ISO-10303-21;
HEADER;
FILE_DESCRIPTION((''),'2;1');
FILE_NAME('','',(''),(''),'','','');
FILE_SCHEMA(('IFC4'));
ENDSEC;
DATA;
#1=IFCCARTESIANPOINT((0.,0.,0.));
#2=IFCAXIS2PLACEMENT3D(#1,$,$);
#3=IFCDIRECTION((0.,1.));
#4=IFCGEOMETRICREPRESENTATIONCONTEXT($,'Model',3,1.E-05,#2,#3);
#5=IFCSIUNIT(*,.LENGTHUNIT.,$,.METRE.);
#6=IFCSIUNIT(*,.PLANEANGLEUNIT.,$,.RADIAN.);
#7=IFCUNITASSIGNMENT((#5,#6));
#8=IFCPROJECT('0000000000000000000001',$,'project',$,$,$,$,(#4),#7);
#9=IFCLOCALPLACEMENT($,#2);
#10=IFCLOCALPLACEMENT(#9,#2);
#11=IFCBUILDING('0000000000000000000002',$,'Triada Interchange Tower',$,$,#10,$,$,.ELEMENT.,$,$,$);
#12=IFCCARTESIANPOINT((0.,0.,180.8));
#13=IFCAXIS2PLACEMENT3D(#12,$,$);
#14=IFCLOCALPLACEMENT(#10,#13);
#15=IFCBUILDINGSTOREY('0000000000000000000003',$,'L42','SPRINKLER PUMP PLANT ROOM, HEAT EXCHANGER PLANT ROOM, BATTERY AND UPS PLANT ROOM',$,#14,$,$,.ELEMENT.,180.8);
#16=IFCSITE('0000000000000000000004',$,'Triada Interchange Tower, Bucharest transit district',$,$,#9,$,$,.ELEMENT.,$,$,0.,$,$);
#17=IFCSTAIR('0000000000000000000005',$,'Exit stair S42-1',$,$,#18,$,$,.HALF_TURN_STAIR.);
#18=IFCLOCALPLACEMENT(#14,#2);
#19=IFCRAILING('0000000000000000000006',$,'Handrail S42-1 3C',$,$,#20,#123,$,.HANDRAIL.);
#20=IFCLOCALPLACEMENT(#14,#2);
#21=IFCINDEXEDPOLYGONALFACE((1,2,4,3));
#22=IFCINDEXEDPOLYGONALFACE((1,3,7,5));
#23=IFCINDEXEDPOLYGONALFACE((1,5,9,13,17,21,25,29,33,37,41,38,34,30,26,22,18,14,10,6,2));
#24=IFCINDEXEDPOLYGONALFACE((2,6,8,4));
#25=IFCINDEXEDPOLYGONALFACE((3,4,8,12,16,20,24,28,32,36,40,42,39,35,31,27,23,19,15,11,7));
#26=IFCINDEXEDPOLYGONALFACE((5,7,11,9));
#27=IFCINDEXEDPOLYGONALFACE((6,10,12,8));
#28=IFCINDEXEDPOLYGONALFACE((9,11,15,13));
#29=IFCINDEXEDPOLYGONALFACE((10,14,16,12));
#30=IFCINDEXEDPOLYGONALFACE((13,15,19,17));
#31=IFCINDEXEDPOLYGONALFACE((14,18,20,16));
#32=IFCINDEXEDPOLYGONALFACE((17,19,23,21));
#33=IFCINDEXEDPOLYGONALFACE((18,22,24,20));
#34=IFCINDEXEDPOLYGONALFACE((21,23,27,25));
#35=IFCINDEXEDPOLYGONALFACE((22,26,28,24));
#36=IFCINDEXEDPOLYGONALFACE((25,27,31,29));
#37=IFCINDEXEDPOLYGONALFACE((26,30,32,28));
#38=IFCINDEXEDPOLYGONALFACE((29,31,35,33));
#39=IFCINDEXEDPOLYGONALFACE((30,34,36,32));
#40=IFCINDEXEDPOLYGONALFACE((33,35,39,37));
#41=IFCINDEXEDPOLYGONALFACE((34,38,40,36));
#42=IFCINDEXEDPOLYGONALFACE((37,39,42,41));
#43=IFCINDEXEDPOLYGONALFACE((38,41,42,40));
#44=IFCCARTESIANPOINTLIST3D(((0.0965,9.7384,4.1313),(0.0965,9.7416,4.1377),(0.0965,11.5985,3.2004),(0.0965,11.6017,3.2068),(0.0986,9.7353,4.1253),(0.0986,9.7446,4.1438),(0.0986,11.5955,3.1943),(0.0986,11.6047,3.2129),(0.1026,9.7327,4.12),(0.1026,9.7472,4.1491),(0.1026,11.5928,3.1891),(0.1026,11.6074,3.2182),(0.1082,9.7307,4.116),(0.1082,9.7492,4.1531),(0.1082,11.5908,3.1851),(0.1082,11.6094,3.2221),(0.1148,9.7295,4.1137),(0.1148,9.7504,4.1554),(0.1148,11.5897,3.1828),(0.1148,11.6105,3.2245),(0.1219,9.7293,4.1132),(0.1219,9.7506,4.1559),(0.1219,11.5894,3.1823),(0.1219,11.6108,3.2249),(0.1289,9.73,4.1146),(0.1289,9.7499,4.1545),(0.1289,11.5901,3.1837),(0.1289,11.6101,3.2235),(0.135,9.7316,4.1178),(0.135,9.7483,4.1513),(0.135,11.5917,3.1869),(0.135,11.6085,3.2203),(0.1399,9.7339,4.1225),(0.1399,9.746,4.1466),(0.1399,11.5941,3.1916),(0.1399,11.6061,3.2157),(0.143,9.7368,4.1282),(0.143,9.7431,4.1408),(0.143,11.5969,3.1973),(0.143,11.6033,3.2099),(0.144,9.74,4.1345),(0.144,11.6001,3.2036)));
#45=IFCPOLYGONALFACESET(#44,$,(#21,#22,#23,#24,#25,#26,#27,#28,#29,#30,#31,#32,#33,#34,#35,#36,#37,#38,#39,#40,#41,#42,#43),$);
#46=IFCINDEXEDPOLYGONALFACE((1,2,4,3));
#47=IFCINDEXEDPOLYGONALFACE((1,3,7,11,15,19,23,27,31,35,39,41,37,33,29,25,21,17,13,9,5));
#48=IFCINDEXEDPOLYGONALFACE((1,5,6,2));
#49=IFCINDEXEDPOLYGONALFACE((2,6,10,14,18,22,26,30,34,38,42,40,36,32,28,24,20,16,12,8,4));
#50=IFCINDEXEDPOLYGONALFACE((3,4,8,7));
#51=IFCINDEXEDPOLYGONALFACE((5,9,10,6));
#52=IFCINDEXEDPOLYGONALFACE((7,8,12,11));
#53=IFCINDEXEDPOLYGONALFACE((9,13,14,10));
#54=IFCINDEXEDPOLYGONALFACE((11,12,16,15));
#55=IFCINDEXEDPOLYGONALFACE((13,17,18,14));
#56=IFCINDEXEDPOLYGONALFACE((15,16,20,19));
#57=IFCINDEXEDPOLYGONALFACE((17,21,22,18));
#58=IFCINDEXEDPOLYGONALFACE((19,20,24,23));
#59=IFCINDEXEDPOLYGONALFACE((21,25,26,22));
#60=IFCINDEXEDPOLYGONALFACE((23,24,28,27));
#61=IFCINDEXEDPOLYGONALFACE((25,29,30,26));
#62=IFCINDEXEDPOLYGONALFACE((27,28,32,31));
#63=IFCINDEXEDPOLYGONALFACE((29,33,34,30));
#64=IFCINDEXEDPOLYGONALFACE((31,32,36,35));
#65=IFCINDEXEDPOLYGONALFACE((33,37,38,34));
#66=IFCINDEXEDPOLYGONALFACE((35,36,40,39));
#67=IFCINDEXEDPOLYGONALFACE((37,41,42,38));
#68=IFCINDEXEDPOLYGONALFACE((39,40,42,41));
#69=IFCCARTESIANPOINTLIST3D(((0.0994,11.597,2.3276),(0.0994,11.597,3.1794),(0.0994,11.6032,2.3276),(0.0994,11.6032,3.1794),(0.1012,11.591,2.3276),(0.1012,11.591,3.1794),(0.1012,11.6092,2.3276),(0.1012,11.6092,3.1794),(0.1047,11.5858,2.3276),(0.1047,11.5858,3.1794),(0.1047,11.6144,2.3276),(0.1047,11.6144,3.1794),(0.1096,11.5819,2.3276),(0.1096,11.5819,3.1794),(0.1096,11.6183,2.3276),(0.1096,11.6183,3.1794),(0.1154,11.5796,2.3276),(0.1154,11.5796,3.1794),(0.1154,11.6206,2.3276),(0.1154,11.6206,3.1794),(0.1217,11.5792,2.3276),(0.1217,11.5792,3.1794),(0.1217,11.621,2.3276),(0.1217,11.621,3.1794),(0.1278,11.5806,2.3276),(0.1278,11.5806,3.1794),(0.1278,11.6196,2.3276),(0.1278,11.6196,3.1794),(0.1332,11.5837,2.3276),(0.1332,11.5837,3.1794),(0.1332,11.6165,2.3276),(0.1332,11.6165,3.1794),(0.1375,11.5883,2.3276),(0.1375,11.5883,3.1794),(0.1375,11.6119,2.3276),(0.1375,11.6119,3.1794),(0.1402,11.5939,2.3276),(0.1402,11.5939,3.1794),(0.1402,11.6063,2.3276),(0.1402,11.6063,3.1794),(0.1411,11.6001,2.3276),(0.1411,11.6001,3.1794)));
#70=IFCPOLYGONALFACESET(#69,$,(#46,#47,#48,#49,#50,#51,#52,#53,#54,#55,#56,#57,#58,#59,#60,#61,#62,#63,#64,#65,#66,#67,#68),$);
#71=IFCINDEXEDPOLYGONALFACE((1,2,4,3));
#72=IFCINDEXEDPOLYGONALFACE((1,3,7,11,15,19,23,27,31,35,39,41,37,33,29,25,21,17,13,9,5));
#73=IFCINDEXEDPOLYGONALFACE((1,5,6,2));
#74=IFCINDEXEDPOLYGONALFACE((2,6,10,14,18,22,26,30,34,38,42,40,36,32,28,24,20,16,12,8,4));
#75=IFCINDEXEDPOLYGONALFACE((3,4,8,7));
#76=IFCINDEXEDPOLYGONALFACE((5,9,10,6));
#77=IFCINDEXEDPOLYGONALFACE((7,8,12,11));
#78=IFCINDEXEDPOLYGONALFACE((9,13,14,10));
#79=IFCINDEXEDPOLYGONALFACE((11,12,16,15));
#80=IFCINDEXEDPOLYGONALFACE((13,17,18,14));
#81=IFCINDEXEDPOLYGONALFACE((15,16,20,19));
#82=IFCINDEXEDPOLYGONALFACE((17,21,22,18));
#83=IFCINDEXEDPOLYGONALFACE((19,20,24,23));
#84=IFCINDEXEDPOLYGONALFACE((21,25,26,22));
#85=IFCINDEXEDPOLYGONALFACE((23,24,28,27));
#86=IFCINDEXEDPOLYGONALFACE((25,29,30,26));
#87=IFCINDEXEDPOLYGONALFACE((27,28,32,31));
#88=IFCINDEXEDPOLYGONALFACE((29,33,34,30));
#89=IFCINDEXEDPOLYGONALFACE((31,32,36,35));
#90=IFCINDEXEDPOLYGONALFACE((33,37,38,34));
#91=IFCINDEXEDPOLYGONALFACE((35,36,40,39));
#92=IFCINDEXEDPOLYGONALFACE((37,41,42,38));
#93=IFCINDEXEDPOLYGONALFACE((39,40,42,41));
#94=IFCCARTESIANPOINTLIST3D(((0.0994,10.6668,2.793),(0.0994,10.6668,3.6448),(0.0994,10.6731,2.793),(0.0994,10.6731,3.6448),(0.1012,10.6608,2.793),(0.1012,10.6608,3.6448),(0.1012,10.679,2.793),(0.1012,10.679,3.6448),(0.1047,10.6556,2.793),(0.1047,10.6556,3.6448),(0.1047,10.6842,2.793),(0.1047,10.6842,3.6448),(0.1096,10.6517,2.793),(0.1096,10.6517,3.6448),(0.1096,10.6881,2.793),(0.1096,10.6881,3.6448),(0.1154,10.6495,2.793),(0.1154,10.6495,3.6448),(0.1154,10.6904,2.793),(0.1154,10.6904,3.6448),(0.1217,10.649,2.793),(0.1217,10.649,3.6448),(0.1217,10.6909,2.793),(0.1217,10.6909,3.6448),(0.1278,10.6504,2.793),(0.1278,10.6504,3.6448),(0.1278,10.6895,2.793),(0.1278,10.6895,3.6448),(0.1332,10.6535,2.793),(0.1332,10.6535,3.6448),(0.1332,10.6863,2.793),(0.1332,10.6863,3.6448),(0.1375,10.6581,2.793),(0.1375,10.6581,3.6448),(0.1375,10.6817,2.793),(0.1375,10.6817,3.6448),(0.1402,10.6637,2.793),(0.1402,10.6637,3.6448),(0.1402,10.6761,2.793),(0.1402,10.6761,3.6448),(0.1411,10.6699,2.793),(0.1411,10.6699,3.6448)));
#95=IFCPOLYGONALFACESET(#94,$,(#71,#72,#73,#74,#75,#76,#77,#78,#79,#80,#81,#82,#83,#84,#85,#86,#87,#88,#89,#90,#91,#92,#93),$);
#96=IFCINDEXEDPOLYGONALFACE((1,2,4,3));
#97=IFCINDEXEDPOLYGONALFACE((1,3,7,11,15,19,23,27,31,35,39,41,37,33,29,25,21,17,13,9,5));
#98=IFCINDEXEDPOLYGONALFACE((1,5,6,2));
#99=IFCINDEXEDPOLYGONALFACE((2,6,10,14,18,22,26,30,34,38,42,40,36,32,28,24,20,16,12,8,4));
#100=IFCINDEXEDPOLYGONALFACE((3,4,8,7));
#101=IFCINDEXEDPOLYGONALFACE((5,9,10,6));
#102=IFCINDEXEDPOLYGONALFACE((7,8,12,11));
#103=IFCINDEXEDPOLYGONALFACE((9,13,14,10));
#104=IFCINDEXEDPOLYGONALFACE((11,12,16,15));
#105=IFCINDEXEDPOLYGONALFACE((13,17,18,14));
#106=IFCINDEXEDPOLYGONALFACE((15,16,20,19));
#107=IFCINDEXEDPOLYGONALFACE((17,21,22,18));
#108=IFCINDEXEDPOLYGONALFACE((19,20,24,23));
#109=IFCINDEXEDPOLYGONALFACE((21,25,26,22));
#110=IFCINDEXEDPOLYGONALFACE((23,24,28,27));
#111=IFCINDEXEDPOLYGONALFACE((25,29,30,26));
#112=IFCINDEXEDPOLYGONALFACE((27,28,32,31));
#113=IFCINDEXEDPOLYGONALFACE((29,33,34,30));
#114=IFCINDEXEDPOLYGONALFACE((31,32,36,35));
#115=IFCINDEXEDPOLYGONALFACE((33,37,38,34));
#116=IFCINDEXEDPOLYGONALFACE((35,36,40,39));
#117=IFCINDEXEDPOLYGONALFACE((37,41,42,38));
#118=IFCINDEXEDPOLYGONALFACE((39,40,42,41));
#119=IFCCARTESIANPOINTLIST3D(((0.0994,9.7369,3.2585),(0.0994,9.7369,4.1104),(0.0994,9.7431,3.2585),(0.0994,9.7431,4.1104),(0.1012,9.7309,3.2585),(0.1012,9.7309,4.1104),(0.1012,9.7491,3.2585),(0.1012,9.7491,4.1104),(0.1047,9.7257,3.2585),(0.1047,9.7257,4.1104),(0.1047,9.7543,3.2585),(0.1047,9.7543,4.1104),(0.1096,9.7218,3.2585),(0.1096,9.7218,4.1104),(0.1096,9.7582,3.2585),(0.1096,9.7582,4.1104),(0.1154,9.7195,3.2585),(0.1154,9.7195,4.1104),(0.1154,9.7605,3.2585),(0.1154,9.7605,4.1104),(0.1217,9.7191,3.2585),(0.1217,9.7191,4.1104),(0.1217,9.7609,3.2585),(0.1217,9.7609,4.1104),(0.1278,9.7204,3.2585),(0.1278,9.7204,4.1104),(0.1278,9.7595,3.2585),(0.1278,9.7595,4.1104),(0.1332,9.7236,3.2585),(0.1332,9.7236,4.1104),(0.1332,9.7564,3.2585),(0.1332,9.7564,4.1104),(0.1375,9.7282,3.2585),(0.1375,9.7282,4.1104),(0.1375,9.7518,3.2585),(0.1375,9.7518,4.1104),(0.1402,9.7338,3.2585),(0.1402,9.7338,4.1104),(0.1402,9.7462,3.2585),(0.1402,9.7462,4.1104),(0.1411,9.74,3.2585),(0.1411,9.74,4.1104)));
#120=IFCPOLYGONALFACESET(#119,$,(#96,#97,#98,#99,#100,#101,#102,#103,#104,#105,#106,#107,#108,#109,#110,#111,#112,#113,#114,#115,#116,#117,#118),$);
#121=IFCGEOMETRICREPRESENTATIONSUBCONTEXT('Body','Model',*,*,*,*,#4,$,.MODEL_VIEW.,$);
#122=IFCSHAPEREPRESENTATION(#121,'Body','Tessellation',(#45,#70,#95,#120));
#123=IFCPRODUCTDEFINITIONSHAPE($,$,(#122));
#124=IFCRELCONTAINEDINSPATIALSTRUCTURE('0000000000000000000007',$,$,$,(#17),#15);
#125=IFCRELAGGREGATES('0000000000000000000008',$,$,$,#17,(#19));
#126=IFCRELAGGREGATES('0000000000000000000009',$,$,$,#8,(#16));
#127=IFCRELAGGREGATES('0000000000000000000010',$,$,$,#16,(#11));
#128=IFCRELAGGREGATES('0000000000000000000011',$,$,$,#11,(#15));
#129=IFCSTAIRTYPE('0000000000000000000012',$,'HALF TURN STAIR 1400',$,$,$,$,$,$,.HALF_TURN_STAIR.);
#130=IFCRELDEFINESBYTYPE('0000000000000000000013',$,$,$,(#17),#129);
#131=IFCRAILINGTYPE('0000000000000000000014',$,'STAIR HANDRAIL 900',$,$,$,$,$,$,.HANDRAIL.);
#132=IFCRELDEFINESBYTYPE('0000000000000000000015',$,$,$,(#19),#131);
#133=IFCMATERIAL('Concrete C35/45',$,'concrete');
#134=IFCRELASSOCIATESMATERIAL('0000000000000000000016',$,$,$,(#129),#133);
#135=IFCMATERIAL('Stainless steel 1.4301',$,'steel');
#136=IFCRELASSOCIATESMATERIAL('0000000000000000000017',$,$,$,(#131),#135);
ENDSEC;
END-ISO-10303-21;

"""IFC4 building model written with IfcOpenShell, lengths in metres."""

from ifc_helpers import new_model, si_unit, direction, frame, origin, origin_2d, place, context, subcontext, project, spatial, circle, extrude, material, type_object, element, aggregate, save


model = new_model("IFC4")

# Units and contexts
model_context = context("Model", 3, precision=1e-05, world=origin(), true_north=direction((0.0, 1.0)))
body_context = subcontext(model_context, "Body", "Model", "MODEL_VIEW")
ifc_project = project(units=[si_unit("LENGTHUNIT", "METRE"), si_unit("PLANEANGLEUNIT", "RADIAN")], contexts=[model_context])

# Site, building, storey
site_placement = place(None, origin())
site = spatial("IfcSite", under=ifc_project, at=site_placement, Name="Triada Interchange Tower, Bucharest transit district", CompositionType="ELEMENT", RefElevation=0.0)
building_placement = place(site_placement, origin())
building = spatial("IfcBuilding", under=site, at=building_placement, Name="Triada Interchange Tower", CompositionType="ELEMENT")
storey_placement = place(building_placement, frame((0.0, 0.0, 180.8)))
storey = spatial("IfcBuildingStorey", under=building, at=storey_placement, Name="L42", Description="SPRINKLER PUMP PLANT ROOM, HEAT EXCHANGER PLANT ROOM, BATTERY AND UPS PLANT ROOM", CompositionType="ELEMENT", Elevation=180.8)

# Stair
ifc_material_1 = material(Name="Concrete C35/45", Category="concrete")
stair_type = type_object("IfcStairType", Name="HALF TURN STAIR 1400", PredefinedType="HALF_TURN_STAIR", material=ifc_material_1)
stair_1_placement = place(storey_placement, origin())
stair_1 = element("IfcStair", 1, at=stair_1_placement, inside=storey, type_object=stair_type, Name="Exit stair S42-1", PredefinedType="HALF_TURN_STAIR")

# Railing
ifc_material_2 = material(Name="Stainless steel 1.4301", Category="steel")
railing_type = type_object("IfcRailingType", Name="STAIR HANDRAIL 900", PredefinedType="HANDRAIL", material=ifc_material_2)
railing_1_placement = place(storey_placement, frame((0.1201, 11.6001, 2.3276)))
railing_1 = element("IfcRailing", 2, at=railing_1_placement, type_object=railing_type, Name="Handrail S42-1 3C", PredefinedType="HANDRAIL", context=body_context, shape_type="SweptSolid", body=[
    extrude(circle(Radius=0.0239, at=origin_2d()), frame((0.0, 0.0, 0.876), z_axis=(0.0, -0.894263, 0.447542), x_axis=(1.0, 0.0, 0.0)), (0.0, 0.0, 1.0), 2.0801),
    extrude(circle(Radius=0.021, at=origin_2d()), origin(), (0.0, 0.0, 1.0), 0.8518),
    extrude(circle(Radius=0.021, at=origin_2d()), frame((0.0, -0.9302, 0.4653)), (0.0, 0.0, 1.0), 0.8518),
    extrude(circle(Radius=0.021, at=origin_2d()), frame((0.0, -1.8601, 0.9309)), (0.0, 0.0, 1.0), 0.8518),
])
aggregate(stair_1, [railing_1])

save(model, "model.ifc")
